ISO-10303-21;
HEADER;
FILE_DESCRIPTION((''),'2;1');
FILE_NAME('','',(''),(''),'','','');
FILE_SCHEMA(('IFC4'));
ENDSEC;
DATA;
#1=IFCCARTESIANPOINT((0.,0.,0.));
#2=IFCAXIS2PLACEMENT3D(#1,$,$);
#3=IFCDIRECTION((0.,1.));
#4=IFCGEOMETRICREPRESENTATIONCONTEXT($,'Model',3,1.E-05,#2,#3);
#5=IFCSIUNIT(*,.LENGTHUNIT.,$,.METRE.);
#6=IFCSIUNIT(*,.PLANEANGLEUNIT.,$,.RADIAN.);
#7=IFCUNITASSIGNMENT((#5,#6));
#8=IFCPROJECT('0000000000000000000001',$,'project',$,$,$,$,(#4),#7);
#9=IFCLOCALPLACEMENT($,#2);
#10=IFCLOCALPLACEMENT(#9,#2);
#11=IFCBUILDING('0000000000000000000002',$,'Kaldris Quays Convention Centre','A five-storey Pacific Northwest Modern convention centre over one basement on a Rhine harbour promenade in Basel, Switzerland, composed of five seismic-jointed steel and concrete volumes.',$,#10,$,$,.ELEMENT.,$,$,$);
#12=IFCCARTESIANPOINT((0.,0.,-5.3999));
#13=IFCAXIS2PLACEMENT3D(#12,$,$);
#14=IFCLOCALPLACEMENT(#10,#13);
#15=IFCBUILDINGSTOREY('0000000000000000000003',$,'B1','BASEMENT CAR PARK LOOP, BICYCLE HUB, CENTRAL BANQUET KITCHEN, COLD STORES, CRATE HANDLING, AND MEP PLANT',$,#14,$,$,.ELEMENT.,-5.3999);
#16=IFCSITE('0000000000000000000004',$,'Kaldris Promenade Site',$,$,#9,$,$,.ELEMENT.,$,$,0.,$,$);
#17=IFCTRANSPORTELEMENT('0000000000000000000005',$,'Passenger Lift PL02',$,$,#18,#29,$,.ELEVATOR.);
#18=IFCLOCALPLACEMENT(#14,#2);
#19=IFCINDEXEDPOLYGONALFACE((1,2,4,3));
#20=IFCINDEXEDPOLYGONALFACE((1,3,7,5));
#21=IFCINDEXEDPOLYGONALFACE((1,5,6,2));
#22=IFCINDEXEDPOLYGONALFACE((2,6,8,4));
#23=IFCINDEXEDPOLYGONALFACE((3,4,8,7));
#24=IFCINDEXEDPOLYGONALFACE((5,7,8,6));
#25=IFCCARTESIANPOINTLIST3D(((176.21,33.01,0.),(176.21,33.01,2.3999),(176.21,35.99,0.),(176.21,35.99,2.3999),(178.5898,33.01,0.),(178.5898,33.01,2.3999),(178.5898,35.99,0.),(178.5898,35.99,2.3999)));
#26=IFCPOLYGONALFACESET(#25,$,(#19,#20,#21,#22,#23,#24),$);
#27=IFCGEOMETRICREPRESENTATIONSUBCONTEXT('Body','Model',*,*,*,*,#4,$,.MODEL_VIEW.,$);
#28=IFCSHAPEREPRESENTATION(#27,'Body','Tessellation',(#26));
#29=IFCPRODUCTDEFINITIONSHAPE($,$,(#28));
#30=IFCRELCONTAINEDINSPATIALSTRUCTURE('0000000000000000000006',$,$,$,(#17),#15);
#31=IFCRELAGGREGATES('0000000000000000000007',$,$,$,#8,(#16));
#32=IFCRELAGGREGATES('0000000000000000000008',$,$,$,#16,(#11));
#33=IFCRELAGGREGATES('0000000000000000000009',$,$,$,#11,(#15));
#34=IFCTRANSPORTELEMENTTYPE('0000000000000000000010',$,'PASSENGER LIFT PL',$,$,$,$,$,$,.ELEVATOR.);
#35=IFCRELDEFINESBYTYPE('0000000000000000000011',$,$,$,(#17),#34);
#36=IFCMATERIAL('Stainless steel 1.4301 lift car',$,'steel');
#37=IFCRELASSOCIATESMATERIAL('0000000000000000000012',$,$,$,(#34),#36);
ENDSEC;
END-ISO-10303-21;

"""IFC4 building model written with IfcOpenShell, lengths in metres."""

from ifc_helpers import new_model, si_unit, direction, frame, origin, origin_2d, place, context, subcontext, project, spatial, rectangle, extrude, material, type_object, element, save


model = new_model("IFC4")

# Units and contexts
model_context = context("Model", 3, precision=1e-05, world=origin(), true_north=direction((0.0, 1.0)))
body_context = subcontext(model_context, "Body", "Model", "MODEL_VIEW")
ifc_project = project(units=[si_unit("LENGTHUNIT", "METRE"), si_unit("PLANEANGLEUNIT", "RADIAN")], contexts=[model_context])

# Site, building, storey
site_placement = place(None, origin())
site = spatial("IfcSite", under=ifc_project, at=site_placement, Name="Kaldris Promenade Site", CompositionType="ELEMENT", RefElevation=0.0)
building_placement = place(site_placement, origin())
building = spatial("IfcBuilding", under=site, at=building_placement, Name="Kaldris Quays Convention Centre", Description="A five-storey Pacific Northwest Modern convention centre over one basement on a Rhine harbour promenade in Basel, Switzerland, composed of five seismic-jointed steel and concrete volumes.", CompositionType="ELEMENT")
storey_placement = place(building_placement, frame((0.0, 0.0, -5.3999)))
storey = spatial("IfcBuildingStorey", under=building, at=storey_placement, Name="B1", Description="BASEMENT CAR PARK LOOP, BICYCLE HUB, CENTRAL BANQUET KITCHEN, COLD STORES, CRATE HANDLING, AND MEP PLANT", CompositionType="ELEMENT", Elevation=-5.3999)

# Transport element
ifc_material_1 = material(Name="Stainless steel 1.4301 lift car", Category="steel")
transport_element_type = type_object("IfcTransportElementType", Name="PASSENGER LIFT PL", PredefinedType="ELEVATOR", material=ifc_material_1)
transport_element_placement = place(storey_placement, frame((177.3999, 34.5, 0.0), z_axis=(0.0, 0.0, 1.0), x_axis=(1.0, 0.0, 0.0)))
element("IfcTransportElement", 1, at=transport_element_placement, inside=storey, type_object=transport_element_type, Name="Passenger Lift PL02", PredefinedType="ELEVATOR", context=body_context, shape_type="SweptSolid", body=[
    extrude(rectangle(XDim=2.3799, YDim=2.98, at=origin_2d()), origin(), (0.0, 0.0, 1.0), 2.3999),
])

save(model, "model.ifc")
